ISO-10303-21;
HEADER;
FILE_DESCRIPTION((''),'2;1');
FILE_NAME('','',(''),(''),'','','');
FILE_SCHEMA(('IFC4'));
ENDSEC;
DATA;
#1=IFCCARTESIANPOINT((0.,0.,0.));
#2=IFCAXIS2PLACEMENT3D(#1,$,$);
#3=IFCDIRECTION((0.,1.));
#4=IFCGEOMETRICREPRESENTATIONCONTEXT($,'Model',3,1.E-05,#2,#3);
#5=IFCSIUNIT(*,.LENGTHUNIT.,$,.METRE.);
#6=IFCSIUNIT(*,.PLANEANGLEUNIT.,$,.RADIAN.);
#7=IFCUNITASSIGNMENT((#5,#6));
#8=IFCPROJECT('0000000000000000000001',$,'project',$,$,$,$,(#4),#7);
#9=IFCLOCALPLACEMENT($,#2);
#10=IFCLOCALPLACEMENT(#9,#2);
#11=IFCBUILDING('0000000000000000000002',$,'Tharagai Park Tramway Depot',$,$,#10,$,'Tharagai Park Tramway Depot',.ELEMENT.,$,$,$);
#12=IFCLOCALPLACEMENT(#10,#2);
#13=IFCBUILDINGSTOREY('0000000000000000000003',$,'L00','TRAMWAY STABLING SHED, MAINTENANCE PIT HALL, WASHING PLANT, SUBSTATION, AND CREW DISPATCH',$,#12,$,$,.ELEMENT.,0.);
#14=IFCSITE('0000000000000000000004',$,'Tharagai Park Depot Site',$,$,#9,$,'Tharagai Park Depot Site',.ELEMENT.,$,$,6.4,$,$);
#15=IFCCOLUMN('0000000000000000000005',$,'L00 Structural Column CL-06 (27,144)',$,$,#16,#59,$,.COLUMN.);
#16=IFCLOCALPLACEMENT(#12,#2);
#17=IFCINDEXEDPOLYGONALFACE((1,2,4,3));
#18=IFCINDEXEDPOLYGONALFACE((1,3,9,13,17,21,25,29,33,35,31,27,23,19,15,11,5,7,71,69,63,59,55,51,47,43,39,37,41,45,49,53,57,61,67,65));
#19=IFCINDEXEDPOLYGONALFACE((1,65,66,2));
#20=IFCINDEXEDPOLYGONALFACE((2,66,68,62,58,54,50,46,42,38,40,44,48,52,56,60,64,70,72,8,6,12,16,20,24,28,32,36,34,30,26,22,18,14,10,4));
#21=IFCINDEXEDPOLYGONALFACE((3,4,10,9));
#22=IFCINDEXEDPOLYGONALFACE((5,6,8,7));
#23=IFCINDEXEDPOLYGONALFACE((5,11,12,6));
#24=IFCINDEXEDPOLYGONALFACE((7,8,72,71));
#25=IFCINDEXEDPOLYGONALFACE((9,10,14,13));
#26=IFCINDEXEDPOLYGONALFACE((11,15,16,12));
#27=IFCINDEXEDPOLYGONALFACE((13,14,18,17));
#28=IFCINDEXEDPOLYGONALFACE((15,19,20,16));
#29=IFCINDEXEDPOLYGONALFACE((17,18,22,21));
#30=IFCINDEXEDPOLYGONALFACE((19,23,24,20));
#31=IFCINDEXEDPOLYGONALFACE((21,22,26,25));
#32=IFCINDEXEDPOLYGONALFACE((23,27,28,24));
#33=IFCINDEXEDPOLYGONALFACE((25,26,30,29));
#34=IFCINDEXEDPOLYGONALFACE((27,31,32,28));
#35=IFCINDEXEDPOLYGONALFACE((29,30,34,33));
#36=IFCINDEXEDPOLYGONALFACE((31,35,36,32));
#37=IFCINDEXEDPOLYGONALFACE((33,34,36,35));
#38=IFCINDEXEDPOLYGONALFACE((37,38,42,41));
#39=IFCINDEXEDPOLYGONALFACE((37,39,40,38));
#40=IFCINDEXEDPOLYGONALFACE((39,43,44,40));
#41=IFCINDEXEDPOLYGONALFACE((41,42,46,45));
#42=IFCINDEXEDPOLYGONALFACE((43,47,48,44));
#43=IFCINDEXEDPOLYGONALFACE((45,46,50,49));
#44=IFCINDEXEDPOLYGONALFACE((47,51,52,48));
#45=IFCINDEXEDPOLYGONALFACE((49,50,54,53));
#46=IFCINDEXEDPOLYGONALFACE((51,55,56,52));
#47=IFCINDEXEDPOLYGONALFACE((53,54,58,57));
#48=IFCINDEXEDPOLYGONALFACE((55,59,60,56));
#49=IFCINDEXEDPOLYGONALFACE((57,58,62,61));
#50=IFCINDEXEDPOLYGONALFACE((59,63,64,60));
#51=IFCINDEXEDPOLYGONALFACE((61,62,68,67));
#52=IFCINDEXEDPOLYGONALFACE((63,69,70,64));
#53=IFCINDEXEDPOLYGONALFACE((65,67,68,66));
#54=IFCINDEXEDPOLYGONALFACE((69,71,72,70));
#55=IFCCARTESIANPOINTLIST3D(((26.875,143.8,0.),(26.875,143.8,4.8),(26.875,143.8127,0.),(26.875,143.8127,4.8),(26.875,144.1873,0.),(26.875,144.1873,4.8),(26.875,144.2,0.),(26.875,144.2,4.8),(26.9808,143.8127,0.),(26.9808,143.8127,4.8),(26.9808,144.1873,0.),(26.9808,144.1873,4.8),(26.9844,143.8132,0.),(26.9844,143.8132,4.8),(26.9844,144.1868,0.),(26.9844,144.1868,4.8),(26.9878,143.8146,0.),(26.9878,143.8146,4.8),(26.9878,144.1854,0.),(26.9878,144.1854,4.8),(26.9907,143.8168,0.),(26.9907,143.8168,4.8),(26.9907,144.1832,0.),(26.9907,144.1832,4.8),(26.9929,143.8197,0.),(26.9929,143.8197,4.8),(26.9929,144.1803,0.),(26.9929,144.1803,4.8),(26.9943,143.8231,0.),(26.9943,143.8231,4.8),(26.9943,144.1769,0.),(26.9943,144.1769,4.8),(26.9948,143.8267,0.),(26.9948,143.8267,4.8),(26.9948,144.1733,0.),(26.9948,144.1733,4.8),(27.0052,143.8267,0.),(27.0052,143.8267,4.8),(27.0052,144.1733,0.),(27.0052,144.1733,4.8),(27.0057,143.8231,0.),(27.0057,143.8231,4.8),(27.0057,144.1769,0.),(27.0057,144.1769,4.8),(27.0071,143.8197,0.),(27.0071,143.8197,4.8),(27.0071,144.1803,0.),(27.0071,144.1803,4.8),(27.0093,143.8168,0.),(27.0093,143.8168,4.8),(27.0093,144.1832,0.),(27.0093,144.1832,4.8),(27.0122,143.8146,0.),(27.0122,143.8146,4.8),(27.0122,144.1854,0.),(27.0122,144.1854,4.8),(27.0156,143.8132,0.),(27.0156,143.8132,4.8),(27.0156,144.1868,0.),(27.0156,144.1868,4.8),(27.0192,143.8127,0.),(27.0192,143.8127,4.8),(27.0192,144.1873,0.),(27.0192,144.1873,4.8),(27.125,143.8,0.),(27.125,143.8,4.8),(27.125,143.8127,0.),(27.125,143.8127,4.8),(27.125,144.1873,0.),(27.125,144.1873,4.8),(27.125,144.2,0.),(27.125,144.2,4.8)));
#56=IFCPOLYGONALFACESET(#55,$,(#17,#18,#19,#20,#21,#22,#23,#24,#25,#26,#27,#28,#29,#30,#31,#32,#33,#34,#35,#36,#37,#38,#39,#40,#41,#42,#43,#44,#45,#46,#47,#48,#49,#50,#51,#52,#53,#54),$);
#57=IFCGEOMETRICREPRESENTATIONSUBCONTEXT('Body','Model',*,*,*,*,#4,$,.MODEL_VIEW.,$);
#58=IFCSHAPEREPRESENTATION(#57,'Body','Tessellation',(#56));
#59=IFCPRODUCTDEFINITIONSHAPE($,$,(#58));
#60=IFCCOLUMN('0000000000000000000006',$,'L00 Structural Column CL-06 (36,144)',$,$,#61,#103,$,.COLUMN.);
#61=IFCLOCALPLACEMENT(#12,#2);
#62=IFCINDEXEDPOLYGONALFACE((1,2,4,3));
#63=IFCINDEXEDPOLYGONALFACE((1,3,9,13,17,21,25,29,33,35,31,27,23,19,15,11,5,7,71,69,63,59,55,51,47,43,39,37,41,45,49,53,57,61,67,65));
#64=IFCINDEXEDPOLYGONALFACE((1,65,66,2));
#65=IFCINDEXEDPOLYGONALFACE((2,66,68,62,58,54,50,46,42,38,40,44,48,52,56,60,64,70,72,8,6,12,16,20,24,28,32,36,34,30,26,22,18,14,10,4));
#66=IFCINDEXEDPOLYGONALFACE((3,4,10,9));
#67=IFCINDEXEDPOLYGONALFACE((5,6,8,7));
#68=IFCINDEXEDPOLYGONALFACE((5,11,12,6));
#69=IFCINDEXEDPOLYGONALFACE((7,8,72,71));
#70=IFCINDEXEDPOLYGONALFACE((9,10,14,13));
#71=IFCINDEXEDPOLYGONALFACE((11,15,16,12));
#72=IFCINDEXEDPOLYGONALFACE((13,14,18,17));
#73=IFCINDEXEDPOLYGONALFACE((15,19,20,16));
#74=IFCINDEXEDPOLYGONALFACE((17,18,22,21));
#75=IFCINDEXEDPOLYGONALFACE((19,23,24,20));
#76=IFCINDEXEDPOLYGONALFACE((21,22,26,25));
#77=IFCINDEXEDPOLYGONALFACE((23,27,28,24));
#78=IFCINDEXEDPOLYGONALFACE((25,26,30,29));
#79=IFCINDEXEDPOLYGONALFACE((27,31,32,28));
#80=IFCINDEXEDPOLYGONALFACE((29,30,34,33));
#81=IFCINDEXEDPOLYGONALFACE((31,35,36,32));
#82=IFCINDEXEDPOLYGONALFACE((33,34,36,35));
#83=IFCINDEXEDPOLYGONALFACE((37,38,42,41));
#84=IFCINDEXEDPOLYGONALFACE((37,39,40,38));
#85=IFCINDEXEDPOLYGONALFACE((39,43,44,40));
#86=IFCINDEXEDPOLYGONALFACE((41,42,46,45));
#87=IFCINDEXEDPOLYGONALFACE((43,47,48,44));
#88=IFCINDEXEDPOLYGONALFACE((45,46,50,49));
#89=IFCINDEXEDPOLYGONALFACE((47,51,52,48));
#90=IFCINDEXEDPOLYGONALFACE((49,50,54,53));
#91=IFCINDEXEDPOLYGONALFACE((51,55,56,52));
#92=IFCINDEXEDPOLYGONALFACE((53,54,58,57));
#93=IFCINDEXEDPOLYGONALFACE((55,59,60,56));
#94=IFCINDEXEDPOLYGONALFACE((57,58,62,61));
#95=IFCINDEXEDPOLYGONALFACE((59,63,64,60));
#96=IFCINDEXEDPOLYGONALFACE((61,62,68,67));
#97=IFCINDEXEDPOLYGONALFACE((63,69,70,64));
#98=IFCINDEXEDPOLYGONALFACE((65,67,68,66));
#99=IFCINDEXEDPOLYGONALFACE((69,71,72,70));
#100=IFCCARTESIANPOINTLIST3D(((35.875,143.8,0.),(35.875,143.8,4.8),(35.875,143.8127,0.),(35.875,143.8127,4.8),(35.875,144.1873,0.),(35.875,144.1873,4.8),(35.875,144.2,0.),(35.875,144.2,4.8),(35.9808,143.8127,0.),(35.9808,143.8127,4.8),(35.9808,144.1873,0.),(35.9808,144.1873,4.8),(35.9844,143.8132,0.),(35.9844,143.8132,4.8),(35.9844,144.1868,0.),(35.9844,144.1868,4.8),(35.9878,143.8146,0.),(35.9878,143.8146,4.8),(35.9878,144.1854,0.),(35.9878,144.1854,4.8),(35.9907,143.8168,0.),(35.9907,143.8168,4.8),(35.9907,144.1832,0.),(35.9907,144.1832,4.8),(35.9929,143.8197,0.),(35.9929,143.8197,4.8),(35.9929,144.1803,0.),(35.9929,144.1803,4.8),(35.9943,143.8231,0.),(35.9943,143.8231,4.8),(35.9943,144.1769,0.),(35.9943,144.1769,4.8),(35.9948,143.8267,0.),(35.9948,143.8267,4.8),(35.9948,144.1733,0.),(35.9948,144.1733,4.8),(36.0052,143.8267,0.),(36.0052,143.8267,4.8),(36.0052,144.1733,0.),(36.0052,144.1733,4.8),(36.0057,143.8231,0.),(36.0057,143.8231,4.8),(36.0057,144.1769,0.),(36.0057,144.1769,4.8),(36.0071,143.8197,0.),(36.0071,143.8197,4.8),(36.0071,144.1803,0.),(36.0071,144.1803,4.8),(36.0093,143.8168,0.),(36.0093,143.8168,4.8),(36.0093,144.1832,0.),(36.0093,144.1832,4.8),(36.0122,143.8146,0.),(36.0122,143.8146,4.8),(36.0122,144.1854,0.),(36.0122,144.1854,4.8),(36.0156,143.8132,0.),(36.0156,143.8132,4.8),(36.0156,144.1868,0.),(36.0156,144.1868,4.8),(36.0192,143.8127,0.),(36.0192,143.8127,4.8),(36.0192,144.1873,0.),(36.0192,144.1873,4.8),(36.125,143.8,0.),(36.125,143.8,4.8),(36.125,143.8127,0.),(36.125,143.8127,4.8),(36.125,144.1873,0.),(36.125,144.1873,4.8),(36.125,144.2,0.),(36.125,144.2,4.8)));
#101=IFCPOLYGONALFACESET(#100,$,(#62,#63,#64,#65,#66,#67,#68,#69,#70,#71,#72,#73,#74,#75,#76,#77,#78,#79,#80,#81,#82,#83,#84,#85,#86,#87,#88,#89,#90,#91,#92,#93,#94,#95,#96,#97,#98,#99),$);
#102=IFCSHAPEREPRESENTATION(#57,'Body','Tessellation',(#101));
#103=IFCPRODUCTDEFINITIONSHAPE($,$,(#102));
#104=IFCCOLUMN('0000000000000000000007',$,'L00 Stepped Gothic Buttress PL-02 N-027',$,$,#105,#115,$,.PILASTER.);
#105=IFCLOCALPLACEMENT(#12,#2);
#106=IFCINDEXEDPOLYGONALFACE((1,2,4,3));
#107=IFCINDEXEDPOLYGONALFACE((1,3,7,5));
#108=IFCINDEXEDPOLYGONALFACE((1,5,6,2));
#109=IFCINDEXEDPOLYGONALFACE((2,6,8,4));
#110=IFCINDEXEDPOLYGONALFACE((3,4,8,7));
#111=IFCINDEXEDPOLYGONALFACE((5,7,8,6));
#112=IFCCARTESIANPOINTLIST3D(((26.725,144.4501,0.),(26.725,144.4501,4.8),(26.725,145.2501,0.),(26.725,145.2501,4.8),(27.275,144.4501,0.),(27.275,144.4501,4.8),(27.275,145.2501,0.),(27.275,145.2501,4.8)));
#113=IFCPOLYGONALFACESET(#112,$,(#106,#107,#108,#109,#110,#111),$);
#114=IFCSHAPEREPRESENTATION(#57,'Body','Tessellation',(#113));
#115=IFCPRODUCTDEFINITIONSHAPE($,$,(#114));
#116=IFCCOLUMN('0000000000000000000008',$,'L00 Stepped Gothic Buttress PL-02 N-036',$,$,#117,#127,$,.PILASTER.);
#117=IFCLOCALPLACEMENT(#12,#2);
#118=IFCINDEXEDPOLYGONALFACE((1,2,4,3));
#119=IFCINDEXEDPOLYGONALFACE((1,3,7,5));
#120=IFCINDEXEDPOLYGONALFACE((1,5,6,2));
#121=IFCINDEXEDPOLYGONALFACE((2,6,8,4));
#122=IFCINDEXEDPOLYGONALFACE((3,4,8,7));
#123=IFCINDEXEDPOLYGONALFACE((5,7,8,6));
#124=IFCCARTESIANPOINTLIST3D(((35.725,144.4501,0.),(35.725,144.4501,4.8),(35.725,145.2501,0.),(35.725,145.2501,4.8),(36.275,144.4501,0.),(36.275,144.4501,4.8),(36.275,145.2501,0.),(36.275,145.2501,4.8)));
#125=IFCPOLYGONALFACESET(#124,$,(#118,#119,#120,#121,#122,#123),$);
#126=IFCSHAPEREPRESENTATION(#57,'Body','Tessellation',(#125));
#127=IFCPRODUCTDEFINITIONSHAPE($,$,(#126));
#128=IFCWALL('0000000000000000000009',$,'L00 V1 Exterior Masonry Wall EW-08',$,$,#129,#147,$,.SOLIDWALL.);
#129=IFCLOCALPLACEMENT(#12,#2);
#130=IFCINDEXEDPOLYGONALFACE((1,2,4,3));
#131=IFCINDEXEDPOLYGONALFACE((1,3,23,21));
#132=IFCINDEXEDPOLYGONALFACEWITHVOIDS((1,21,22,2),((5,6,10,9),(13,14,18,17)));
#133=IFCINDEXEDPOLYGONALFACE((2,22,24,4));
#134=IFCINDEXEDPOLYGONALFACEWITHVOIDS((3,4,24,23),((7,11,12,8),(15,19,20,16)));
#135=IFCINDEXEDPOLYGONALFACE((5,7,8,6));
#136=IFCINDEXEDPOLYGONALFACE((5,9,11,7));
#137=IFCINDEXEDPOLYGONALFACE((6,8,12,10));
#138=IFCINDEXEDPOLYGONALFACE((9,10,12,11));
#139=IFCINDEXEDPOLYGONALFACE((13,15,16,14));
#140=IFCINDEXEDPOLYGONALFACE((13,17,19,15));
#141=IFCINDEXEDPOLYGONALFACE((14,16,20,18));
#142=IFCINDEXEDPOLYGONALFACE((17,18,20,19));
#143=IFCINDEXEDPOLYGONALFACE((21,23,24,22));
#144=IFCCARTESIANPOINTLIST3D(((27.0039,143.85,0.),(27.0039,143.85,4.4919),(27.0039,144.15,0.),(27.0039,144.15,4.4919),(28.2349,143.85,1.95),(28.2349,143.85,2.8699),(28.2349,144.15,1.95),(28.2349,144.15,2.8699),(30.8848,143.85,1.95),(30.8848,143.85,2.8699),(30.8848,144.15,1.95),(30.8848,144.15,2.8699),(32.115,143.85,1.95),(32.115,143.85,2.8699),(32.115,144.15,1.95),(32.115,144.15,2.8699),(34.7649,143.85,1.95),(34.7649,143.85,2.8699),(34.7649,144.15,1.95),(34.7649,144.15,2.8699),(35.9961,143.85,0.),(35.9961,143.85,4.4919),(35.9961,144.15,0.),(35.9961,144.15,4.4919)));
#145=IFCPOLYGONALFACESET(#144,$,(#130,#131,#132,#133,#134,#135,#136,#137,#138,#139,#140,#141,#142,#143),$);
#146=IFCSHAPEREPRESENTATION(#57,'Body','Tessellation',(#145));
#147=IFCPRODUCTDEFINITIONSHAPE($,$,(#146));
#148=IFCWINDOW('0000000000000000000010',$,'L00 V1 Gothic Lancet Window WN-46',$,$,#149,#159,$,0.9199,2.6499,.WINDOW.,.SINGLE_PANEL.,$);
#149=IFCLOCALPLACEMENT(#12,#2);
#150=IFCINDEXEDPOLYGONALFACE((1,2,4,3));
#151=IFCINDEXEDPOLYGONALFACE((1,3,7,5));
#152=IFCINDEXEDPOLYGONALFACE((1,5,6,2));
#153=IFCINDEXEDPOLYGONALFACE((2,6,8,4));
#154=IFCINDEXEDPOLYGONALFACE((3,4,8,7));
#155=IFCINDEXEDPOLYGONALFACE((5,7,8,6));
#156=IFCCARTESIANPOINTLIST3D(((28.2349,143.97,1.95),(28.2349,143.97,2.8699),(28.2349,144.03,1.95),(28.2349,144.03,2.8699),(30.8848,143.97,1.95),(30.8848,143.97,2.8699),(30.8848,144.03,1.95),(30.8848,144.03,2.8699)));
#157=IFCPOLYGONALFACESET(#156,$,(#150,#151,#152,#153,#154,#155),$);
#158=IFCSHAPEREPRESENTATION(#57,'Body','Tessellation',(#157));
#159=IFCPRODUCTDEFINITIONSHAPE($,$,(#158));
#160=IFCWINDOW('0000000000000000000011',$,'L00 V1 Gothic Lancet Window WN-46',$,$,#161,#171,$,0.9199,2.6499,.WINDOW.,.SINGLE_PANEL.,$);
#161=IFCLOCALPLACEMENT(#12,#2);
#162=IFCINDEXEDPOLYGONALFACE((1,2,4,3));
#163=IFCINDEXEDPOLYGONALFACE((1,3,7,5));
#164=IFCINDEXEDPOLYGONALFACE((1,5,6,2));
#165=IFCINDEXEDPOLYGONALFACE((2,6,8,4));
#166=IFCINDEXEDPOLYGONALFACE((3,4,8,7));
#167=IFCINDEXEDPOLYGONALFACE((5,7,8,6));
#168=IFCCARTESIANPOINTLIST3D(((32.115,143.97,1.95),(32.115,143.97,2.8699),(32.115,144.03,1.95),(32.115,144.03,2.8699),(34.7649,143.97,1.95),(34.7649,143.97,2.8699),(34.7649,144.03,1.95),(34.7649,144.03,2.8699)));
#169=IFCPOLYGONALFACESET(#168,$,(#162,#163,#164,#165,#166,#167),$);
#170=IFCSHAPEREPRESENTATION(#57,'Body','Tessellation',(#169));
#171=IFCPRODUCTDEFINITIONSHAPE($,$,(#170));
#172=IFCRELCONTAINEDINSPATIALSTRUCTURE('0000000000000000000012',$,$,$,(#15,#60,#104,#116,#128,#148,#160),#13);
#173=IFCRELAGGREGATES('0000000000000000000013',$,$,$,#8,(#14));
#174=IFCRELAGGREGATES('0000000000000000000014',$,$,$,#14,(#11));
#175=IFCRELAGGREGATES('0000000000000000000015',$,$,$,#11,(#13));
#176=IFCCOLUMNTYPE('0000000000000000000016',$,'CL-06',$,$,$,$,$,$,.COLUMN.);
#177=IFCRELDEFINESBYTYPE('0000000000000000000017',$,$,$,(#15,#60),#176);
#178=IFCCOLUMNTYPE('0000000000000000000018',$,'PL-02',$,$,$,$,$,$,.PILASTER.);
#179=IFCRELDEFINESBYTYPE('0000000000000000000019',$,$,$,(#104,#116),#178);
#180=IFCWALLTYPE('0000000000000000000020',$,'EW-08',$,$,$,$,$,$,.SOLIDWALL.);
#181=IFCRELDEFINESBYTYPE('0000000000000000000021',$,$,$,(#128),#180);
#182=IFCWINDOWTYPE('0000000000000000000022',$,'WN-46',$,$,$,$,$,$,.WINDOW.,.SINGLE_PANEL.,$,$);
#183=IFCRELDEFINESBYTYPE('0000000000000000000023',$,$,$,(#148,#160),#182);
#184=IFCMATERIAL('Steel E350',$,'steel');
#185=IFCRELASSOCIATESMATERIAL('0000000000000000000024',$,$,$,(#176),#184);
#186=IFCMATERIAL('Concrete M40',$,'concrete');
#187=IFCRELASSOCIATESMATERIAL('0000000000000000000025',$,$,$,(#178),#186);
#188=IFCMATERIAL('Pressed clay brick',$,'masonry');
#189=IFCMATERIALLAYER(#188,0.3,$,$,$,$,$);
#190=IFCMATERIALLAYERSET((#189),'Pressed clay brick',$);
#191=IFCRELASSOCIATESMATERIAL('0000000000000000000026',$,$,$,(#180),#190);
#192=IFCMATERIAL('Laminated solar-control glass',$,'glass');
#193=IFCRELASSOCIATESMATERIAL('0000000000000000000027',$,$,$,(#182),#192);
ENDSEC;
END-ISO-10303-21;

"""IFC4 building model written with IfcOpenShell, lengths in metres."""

from ifc_helpers import new_model, si_unit, direction, frame, frame_2d, origin, origin_2d, place, context, subcontext, project, spatial, rectangle, i_section, extrude, material, layer, layer_set, material_profile, profile_set, type_object, element, fill, save


model = new_model("IFC4")

# Units and contexts
model_context = context("Model", 3, precision=1e-05, world=origin(), true_north=direction((0.0, 1.0)))
body_context = subcontext(model_context, "Body", "Model", "MODEL_VIEW")
ifc_project = project(units=[si_unit("LENGTHUNIT", "METRE"), si_unit("PLANEANGLEUNIT", "RADIAN")], contexts=[model_context])

# Site, building, storey
site_placement = place(None, origin())
site = spatial("IfcSite", under=ifc_project, at=site_placement, Name="Tharagai Park Depot Site", LongName="Tharagai Park Depot Site", CompositionType="ELEMENT", RefElevation=6.4)
building_placement = place(site_placement, origin())
building = spatial("IfcBuilding", under=site, at=building_placement, Name="Tharagai Park Tramway Depot", LongName="Tharagai Park Tramway Depot", CompositionType="ELEMENT")
storey_placement = place(building_placement, origin())
storey = spatial("IfcBuildingStorey", under=building, at=storey_placement, Name="L00", Description="TRAMWAY STABLING SHED, MAINTENANCE PIT HALL, WASHING PLANT, SUBSTATION, AND CREW DISPATCH", CompositionType="ELEMENT", Elevation=0.0)

# Shared definitions
ifc_material_1 = material(Name="Concrete M40", Category="concrete")

# Columns
ifc_material_2 = material(Name="Steel E350", Category="steel")
ifc_material_profile_1 = material_profile(ifc_material_2, i_section(OverallWidth=0.25, OverallDepth=0.3999, WebThickness=0.0105, FlangeThickness=0.0127, FilletRadius=0.0139, at=origin_2d()), Name="ISHB 400")
ifc_profile_set_1 = profile_set([ifc_material_profile_1], Name="Steel E350")
column_type_1 = type_object("IfcColumnType", Name="CL-06", PredefinedType="COLUMN", material=ifc_profile_set_1)
for number, where, z_axis, x_axis, name in (
    (1, (27.0, 144.0, 0.0), (0.0, 0.0, 1.0), (1.0, 0.0, 0.0), "L00 Structural Column CL-06 (27,144)"),
    (2, (36.0, 144.0, 0.0), (0.0, 0.0, 1.0), (1.0, 0.0, 0.0), "L00 Structural Column CL-06 (36,144)"),
):
    element("IfcColumn", number, at=place(storey_placement, frame(where, z_axis=z_axis, x_axis=x_axis)), inside=storey, type_object=column_type_1, Name=name, PredefinedType="COLUMN", context=body_context, shape_type="SweptSolid", body=[
        extrude(i_section(OverallWidth=0.25, OverallDepth=0.3999, WebThickness=0.0105, FlangeThickness=0.0127, FilletRadius=0.0139, at=origin_2d()), origin(), (0.0, 0.0, 1.0), 4.8),
    ])
ifc_material_profile_2 = material_profile(ifc_material_1, rectangle(XDim=0.55, YDim=0.8, at=origin_2d()), Name="RC 550x800")
ifc_profile_set_2 = profile_set([ifc_material_profile_2], Name="Concrete M40")
column_type_2 = type_object("IfcColumnType", Name="PL-02", PredefinedType="PILASTER", material=ifc_profile_set_2)
for number, where, z_axis, x_axis, name in (
    (3, (27.0, 144.8501, 0.0), (0.0, 0.0, 1.0), (1.0, 0.0, 0.0), "L00 Stepped Gothic Buttress PL-02 N-027"),
    (4, (36.0, 144.8501, 0.0), (0.0, 0.0, 1.0), (1.0, 0.0, 0.0), "L00 Stepped Gothic Buttress PL-02 N-036"),
):
    element("IfcColumn", number, at=place(storey_placement, frame(where, z_axis=z_axis, x_axis=x_axis)), inside=storey, type_object=column_type_2, Name=name, PredefinedType="PILASTER", context=body_context, shape_type="SweptSolid", body=[
        extrude(rectangle(XDim=0.55, YDim=0.8, at=origin_2d()), origin(), (0.0, 0.0, 1.0), 4.8),
    ])

# Wall, openings, windows
ifc_material_3 = material(Name="Pressed clay brick", Category="masonry")
ifc_layer = layer(ifc_material_3, 0.3)
ifc_layer_set = layer_set([ifc_layer], Name="Pressed clay brick")
wall_type = type_object("IfcWallType", Name="EW-08", PredefinedType="SOLIDWALL", material=ifc_layer_set)
wall_1_placement = place(storey_placement, frame((27.0039, 144.0, 0.0), z_axis=(0.0, 0.0, 1.0), x_axis=(1.0, 0.0, 0.0)))
wall_1 = element("IfcWall", 5, at=wall_1_placement, inside=storey, type_object=wall_type, Name="L00 V1 Exterior Masonry Wall EW-08", PredefinedType="SOLIDWALL", context=body_context, shape_type="SweptSolid", body=[
    extrude(rectangle(XDim=8.9922, YDim=0.3, at=frame_2d((4.4961, 0.0))), origin(), (0.0, 0.0, 1.0), 4.4919),
])
opening_1_placement = place(wall_1_placement, frame((1.231, 0.0, 1.95)))
opening_1 = element("IfcOpeningElement", 6, at=opening_1_placement, cuts=wall_1, PredefinedType="OPENING", context=body_context, shape_type="SweptSolid", body=[
    extrude(rectangle(XDim=2.6499, YDim=0.9199, at=frame_2d((1.325, 0.46))), frame((0.0, 0.1599, 0.0), z_axis=(0.0, -1.0, 0.0), x_axis=(1.0, 0.0, 0.0)), (0.0, 0.0, 1.0), 0.3201),
])
opening_2_placement = place(wall_1_placement, frame((5.1111, 0.0, 1.95)))
opening_2 = element("IfcOpeningElement", 7, at=opening_2_placement, cuts=wall_1, PredefinedType="OPENING", context=body_context, shape_type="SweptSolid", body=[
    extrude(rectangle(XDim=2.6499, YDim=0.9199, at=frame_2d((1.325, 0.46))), frame((0.0, 0.1599, 0.0), z_axis=(0.0, -1.0, 0.0), x_axis=(1.0, 0.0, 0.0)), (0.0, 0.0, 1.0), 0.3201),
])
ifc_material_4 = material(Name="Laminated solar-control glass", Category="glass")
window_type_1 = type_object("IfcWindowType", Name="WN-46", PartitioningType="SINGLE_PANEL", PredefinedType="WINDOW", material=ifc_material_4)
window_1_placement = place(opening_1_placement, origin())
window_1 = element("IfcWindow", 8, at=window_1_placement, inside=storey, type_object=window_type_1, Name="L00 V1 Gothic Lancet Window WN-46", OverallHeight=0.9199, OverallWidth=2.6499, PartitioningType="SINGLE_PANEL", PredefinedType="WINDOW", context=body_context, shape_type="SweptSolid", body=[
    extrude(rectangle(XDim=2.6499, YDim=0.9199, at=frame_2d((1.325, 0.46))), frame((0.0, 0.03, 0.0), z_axis=(0.0, -1.0, 0.0), x_axis=(1.0, 0.0, 0.0)), (0.0, 0.0, 1.0), 0.0601),
])
fill(opening_1, window_1)
window_2_placement = place(opening_2_placement, origin())
window_2 = element("IfcWindow", 9, at=window_2_placement, inside=storey, type_object=window_type_1, Name="L00 V1 Gothic Lancet Window WN-46", OverallHeight=0.9199, OverallWidth=2.6499, PartitioningType="SINGLE_PANEL", PredefinedType="WINDOW", context=body_context, shape_type="SweptSolid", body=[
    extrude(rectangle(XDim=2.6499, YDim=0.9199, at=frame_2d((1.325, 0.46))), frame((0.0, 0.03, 0.0), z_axis=(0.0, -1.0, 0.0), x_axis=(1.0, 0.0, 0.0)), (0.0, 0.0, 1.0), 0.0601),
])
fill(opening_2, window_2)

save(model, "model.ifc")
